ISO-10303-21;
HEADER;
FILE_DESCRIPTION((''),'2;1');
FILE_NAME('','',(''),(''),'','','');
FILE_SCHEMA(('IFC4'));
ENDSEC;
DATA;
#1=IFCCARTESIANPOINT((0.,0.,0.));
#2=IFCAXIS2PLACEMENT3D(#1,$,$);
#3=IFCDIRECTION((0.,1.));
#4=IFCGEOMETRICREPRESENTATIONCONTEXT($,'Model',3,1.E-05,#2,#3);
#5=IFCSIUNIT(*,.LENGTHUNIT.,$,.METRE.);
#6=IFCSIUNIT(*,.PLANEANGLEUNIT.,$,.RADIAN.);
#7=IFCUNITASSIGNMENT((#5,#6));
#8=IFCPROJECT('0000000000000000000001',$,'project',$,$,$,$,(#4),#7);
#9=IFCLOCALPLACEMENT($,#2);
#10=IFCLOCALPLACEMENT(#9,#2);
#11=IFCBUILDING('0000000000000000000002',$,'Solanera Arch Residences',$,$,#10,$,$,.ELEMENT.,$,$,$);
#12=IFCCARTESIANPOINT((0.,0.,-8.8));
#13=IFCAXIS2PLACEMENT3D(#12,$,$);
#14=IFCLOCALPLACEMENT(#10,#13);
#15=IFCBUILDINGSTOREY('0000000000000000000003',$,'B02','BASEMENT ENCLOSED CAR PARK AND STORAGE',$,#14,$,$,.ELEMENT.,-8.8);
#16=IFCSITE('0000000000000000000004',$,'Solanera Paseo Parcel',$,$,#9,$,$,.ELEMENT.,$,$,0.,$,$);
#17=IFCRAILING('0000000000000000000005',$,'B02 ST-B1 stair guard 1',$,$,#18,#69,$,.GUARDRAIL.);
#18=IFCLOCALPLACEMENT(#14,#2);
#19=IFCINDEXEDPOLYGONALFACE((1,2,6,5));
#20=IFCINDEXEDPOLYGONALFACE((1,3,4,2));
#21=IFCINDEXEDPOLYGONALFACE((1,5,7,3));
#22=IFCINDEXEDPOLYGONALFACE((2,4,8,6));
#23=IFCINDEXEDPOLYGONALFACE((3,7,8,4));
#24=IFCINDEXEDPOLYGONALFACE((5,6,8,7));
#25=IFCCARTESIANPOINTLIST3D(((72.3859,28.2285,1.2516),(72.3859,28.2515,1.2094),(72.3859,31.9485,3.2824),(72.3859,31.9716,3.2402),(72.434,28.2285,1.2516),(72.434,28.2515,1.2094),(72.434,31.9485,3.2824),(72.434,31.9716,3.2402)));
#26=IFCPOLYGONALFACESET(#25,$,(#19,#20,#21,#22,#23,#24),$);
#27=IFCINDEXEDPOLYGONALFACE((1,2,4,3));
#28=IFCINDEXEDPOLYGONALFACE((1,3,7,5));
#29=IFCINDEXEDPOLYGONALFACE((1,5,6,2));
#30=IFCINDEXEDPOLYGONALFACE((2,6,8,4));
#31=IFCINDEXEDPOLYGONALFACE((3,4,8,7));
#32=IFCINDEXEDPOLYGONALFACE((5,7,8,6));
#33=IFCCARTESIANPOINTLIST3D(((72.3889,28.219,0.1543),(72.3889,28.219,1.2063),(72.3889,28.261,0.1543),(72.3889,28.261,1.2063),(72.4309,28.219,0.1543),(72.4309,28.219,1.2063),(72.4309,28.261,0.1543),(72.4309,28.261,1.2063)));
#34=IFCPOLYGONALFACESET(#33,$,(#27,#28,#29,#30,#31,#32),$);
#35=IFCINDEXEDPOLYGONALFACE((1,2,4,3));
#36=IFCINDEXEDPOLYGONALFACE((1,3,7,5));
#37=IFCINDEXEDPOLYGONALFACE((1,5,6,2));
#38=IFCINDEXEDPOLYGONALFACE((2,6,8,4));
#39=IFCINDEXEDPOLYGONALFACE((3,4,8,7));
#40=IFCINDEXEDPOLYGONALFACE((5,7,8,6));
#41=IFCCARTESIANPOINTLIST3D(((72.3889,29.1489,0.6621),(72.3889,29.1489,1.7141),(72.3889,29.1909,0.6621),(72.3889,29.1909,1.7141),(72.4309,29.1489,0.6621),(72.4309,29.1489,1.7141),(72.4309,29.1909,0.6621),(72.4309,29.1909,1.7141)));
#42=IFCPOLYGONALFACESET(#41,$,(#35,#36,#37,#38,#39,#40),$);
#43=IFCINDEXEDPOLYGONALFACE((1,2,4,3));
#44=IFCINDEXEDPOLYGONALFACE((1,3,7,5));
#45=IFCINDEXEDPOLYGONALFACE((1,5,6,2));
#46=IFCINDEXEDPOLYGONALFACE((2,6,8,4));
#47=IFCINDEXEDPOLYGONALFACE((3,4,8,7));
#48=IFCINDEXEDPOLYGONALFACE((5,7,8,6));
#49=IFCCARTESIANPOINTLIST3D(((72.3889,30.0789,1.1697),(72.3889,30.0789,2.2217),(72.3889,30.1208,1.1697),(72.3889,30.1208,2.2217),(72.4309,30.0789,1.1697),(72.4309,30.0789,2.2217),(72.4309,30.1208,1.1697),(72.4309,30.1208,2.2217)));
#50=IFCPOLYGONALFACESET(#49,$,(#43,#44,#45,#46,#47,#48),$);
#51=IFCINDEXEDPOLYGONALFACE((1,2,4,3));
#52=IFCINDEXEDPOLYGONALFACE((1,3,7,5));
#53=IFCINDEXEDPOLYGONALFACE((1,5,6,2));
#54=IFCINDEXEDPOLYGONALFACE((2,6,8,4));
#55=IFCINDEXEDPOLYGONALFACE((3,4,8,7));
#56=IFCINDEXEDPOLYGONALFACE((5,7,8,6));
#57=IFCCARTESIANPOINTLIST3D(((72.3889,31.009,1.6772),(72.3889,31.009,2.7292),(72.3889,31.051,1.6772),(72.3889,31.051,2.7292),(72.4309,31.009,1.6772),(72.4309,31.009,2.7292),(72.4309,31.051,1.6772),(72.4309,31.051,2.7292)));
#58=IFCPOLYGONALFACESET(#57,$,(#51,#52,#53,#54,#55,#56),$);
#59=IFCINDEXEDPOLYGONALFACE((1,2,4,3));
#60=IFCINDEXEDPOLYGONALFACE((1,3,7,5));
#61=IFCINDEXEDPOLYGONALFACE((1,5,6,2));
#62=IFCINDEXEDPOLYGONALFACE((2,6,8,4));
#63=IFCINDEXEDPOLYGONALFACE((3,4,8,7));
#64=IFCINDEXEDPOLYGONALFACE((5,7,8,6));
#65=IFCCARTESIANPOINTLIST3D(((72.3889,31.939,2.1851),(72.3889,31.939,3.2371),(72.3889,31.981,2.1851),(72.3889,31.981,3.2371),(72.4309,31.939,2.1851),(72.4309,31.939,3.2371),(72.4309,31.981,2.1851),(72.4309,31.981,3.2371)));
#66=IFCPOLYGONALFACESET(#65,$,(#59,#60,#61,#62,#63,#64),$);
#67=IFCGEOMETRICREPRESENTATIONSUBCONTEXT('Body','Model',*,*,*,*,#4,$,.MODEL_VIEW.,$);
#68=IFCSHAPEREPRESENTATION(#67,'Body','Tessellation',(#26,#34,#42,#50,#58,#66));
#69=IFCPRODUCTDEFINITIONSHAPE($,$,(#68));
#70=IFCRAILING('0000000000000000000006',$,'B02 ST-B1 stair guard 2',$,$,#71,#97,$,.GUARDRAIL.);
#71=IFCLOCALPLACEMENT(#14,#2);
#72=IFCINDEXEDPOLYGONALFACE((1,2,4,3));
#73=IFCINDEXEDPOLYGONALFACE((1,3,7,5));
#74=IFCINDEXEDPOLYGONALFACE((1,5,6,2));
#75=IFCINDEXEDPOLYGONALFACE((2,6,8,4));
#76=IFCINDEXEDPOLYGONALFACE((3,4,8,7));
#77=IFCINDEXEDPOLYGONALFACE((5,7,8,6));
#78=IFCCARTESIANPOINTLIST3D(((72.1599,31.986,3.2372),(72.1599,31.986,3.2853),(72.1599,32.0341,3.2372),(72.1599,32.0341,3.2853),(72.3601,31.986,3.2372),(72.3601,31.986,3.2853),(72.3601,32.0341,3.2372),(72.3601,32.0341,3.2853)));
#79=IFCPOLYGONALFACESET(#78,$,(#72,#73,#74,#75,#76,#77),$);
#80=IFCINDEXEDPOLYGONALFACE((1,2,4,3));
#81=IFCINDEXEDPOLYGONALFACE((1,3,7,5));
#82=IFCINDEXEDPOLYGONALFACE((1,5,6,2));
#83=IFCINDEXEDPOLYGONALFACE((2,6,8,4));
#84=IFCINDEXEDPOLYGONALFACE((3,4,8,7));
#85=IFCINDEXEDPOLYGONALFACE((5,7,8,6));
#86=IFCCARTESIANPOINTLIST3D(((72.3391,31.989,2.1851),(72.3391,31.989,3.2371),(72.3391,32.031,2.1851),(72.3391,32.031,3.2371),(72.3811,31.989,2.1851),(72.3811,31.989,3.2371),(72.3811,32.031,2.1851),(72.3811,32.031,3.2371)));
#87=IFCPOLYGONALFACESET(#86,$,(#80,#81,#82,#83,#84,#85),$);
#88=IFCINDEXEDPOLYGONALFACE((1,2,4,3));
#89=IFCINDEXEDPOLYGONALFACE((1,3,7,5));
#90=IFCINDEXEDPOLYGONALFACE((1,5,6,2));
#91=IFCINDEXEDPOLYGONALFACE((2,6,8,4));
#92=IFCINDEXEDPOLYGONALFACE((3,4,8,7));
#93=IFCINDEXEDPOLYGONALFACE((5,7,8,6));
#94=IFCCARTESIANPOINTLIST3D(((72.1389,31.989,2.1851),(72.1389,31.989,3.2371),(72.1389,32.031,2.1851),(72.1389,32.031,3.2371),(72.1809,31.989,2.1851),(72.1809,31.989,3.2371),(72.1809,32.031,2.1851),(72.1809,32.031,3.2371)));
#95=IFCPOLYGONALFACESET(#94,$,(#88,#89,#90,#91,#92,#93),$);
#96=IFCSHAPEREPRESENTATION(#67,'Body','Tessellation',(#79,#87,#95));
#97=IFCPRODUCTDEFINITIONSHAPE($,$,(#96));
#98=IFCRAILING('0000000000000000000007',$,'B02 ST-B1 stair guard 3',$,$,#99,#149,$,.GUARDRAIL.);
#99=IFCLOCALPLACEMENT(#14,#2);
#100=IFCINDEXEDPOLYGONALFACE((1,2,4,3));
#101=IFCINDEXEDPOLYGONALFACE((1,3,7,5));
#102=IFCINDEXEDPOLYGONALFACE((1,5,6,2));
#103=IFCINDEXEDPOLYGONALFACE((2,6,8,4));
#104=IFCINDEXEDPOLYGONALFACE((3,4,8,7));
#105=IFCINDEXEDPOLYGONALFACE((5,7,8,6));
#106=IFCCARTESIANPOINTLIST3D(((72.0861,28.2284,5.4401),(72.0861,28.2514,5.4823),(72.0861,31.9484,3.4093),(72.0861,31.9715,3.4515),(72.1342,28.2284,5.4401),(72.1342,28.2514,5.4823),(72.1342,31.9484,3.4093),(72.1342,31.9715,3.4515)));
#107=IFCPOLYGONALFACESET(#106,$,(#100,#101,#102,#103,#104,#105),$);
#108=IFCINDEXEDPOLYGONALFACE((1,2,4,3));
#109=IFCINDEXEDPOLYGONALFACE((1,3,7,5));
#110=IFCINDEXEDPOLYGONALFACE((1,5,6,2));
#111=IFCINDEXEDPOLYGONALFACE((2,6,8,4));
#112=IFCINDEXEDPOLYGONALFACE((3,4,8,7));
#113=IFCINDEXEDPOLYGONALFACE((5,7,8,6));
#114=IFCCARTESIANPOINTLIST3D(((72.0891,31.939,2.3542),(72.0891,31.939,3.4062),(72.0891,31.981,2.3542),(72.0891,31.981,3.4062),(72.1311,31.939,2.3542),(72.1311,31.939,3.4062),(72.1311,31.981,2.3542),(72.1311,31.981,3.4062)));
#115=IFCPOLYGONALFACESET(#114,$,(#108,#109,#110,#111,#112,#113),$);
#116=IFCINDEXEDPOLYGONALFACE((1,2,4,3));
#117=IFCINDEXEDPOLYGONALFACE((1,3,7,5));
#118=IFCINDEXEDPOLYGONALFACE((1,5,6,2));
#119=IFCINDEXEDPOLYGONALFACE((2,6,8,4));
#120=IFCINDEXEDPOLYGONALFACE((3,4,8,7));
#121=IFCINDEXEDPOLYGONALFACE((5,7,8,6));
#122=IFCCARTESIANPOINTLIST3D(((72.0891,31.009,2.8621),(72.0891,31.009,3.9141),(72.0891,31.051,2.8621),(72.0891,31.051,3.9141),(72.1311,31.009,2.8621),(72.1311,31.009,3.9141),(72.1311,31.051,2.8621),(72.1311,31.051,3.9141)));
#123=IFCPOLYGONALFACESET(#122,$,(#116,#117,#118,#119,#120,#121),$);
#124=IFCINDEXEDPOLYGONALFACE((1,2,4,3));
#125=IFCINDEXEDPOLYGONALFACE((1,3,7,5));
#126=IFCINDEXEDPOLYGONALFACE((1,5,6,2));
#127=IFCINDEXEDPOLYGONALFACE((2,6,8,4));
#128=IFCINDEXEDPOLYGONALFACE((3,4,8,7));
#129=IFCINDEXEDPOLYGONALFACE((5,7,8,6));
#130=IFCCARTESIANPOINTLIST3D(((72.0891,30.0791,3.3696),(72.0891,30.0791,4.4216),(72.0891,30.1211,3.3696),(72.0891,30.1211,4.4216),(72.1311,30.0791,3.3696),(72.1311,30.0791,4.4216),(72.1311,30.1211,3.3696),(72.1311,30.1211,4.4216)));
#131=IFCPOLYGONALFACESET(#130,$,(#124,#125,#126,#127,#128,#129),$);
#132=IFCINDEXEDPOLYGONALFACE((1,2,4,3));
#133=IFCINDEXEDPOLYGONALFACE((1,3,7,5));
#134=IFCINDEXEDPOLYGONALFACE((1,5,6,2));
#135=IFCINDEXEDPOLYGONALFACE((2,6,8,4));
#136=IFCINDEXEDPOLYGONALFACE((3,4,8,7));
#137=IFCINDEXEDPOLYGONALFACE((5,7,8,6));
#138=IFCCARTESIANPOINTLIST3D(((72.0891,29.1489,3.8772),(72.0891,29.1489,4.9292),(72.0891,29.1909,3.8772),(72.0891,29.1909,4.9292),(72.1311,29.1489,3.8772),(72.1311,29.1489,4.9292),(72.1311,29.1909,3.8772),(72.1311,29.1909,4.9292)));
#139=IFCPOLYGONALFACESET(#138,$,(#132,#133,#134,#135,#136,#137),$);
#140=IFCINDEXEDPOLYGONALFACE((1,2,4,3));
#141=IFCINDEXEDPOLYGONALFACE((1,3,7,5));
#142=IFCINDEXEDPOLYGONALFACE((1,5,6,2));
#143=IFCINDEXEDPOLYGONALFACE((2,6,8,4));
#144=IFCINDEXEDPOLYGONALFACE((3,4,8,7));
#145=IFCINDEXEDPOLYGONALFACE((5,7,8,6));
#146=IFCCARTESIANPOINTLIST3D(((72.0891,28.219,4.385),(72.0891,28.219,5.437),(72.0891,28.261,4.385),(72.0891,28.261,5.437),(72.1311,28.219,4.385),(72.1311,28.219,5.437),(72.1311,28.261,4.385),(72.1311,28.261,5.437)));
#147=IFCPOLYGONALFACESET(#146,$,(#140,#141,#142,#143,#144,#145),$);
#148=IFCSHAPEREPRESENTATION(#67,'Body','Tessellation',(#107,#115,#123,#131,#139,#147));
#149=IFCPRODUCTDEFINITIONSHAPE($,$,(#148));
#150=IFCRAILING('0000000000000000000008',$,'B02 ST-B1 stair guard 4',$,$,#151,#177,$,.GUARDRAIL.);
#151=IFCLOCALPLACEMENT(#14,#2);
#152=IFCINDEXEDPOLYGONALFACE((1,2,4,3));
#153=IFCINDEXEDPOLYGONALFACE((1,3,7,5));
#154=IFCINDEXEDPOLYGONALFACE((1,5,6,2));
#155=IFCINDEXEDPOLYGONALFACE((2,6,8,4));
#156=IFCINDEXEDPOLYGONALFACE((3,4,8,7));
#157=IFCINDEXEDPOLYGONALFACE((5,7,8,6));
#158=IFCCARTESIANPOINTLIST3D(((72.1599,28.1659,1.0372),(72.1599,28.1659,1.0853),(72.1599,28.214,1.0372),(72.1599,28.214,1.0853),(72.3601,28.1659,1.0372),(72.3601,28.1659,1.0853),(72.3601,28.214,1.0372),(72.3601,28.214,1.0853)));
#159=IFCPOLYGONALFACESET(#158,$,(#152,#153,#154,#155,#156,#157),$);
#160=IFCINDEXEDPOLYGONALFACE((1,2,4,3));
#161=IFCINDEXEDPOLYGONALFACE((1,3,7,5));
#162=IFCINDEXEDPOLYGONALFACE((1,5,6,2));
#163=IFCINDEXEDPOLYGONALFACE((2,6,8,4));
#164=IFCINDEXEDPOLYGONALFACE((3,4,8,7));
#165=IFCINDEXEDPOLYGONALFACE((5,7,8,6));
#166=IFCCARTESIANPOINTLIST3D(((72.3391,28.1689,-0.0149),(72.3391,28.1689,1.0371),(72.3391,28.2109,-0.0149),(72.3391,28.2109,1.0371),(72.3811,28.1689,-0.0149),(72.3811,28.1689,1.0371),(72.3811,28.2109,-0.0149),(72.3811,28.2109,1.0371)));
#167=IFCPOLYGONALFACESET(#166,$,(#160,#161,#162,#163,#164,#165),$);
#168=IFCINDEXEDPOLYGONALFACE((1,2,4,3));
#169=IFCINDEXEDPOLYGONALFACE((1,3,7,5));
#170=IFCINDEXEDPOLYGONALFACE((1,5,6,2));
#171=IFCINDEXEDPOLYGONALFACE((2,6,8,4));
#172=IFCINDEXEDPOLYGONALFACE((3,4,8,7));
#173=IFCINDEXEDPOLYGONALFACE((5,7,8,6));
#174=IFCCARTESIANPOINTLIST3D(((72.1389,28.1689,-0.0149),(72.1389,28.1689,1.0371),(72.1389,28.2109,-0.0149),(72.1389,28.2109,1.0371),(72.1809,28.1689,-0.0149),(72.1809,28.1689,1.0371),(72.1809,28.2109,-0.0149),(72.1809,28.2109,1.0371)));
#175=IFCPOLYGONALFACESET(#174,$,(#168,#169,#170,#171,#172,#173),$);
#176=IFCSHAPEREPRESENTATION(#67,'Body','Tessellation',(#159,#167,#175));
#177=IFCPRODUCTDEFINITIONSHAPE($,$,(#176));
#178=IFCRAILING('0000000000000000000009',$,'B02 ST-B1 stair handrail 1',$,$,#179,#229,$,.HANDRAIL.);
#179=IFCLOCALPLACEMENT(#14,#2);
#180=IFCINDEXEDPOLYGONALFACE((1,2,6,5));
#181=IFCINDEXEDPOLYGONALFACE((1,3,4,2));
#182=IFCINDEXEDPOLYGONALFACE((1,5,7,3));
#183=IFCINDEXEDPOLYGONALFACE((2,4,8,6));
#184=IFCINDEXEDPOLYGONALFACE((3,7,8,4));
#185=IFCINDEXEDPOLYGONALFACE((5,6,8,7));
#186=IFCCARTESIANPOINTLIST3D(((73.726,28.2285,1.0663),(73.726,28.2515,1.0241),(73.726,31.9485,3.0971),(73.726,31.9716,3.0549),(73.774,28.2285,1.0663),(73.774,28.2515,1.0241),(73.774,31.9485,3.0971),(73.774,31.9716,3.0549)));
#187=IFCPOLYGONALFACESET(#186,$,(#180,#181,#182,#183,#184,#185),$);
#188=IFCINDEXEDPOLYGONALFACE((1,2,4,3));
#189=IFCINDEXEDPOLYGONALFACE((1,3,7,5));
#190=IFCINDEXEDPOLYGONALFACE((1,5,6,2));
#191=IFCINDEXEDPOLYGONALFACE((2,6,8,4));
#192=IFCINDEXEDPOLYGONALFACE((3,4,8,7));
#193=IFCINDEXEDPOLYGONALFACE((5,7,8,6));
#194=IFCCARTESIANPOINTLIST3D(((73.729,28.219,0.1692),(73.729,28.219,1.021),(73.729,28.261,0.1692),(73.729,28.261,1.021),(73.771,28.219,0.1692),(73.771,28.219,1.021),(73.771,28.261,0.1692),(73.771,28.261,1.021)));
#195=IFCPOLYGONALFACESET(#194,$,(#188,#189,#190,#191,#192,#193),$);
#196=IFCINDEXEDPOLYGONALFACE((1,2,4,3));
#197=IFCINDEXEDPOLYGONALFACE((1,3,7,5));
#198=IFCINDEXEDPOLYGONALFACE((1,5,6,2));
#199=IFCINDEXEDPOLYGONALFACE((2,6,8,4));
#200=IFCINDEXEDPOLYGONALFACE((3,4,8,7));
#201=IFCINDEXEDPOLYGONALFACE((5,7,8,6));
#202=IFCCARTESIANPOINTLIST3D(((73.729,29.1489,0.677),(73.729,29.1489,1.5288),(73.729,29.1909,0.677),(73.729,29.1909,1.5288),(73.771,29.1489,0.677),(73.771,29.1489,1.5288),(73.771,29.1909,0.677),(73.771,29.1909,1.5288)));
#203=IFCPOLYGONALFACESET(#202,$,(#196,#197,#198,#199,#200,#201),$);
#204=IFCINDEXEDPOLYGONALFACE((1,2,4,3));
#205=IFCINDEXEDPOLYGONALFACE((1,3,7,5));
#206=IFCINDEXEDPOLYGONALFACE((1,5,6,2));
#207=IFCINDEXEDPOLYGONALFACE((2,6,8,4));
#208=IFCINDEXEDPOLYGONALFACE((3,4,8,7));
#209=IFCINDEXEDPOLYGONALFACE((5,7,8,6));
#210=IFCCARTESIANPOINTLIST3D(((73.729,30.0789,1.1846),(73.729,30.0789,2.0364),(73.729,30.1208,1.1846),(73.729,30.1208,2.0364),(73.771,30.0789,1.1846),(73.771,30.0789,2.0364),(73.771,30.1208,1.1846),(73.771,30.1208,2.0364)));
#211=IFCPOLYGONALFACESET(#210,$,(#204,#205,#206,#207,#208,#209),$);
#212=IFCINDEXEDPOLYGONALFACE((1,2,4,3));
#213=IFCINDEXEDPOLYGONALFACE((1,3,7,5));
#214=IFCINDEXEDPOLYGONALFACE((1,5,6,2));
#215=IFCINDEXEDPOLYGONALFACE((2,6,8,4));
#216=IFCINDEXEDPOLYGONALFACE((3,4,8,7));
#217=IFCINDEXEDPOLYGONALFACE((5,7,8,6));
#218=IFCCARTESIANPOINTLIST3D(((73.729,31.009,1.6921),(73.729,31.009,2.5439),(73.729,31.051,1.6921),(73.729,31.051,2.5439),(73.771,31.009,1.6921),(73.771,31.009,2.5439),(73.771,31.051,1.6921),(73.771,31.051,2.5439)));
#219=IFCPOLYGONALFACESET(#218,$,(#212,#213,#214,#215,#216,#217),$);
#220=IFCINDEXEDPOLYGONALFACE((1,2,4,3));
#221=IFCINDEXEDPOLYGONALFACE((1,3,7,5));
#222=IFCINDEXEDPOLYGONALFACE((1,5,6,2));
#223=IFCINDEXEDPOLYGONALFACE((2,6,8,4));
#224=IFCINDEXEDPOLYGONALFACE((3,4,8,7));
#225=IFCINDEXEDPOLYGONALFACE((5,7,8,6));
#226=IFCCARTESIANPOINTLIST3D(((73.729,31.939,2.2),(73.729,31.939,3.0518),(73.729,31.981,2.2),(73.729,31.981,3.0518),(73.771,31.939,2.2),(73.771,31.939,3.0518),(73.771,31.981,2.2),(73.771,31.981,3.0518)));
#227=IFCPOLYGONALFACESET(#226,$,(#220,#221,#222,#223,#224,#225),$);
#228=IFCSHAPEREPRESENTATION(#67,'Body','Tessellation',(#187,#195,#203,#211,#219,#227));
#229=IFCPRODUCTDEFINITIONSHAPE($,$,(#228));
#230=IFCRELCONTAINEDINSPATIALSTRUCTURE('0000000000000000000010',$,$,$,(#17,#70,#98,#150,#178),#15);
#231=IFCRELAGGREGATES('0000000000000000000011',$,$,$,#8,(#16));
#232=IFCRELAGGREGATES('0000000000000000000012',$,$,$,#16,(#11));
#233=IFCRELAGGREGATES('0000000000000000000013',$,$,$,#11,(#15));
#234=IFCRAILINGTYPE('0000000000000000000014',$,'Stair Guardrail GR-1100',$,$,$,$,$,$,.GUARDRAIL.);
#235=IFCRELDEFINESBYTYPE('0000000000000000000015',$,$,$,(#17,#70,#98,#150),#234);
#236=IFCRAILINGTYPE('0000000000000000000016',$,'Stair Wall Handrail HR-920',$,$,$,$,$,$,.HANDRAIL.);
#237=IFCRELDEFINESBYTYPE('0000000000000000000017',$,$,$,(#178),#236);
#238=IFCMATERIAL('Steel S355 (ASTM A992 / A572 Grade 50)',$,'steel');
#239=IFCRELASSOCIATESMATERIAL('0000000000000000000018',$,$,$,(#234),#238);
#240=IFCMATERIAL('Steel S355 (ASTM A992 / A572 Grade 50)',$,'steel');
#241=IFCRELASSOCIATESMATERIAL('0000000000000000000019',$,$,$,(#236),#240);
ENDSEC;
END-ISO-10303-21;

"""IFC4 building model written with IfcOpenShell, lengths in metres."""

from ifc_helpers import new_model, si_unit, direction, frame, origin, origin_2d, place, context, subcontext, project, spatial, rectangle, extrude, material, type_object, element, save


model = new_model("IFC4")

# Units and contexts
model_context = context("Model", 3, precision=1e-05, world=origin(), true_north=direction((0.0, 1.0)))
body_context = subcontext(model_context, "Body", "Model", "MODEL_VIEW")
ifc_project = project(units=[si_unit("LENGTHUNIT", "METRE"), si_unit("PLANEANGLEUNIT", "RADIAN")], contexts=[model_context])

# Site, building, storey
site_placement = place(None, origin())
site = spatial("IfcSite", under=ifc_project, at=site_placement, Name="Solanera Paseo Parcel", CompositionType="ELEMENT", RefElevation=0.0)
building_placement = place(site_placement, origin())
building = spatial("IfcBuilding", under=site, at=building_placement, Name="Solanera Arch Residences", CompositionType="ELEMENT")
storey_placement = place(building_placement, frame((0.0, 0.0, -8.8)))
storey = spatial("IfcBuildingStorey", under=building, at=storey_placement, Name="B02", Description="BASEMENT ENCLOSED CAR PARK AND STORAGE", CompositionType="ELEMENT", Elevation=-8.8)

# Railings
ifc_material_1 = material(Name="Steel S355 (ASTM A992 / A572 Grade 50)", Category="steel")
railing_type_1 = type_object("IfcRailingType", Name="Stair Guardrail GR-1100", PredefinedType="GUARDRAIL", material=ifc_material_1)
railing_1_placement = place(storey_placement, frame((72.4099, 28.24, 0.1543)))
element("IfcRailing", 1, at=railing_1_placement, inside=storey, type_object=railing_type_1, Name="B02 ST-B1 stair guard 1", PredefinedType="GUARDRAIL", context=body_context, shape_type="SweptSolid", body=[
    extrude(rectangle(XDim=0.0481, YDim=0.0481, at=origin_2d()), frame((0.0, 0.0, 1.0762), z_axis=(0.0, 0.877728, 0.479159), x_axis=(-1.0, 0.0, 0.0)), (0.0, 0.0, 1.0), 4.2383),
    extrude(rectangle(XDim=0.042, YDim=0.042, at=origin_2d()), origin(), (0.0, 0.0, 1.0), 1.052),
    extrude(rectangle(XDim=0.042, YDim=0.042, at=origin_2d()), frame((0.0, 0.9299, 0.5078)), (0.0, 0.0, 1.0), 1.052),
    extrude(rectangle(XDim=0.042, YDim=0.042, at=origin_2d()), frame((0.0, 1.8599, 1.0154)), (0.0, 0.0, 1.0), 1.052),
    extrude(rectangle(XDim=0.042, YDim=0.042, at=origin_2d()), frame((0.0, 2.79, 1.5229)), (0.0, 0.0, 1.0), 1.052),
    extrude(rectangle(XDim=0.042, YDim=0.042, at=origin_2d()), frame((0.0, 3.72, 2.0308)), (0.0, 0.0, 1.0), 1.052),
])
railing_2_placement = place(storey_placement, frame((72.3601, 32.01, 2.1851)))
element("IfcRailing", 2, at=railing_2_placement, inside=storey, type_object=railing_type_1, Name="B02 ST-B1 stair guard 2", PredefinedType="GUARDRAIL", context=body_context, shape_type="SweptSolid", body=[
    extrude(rectangle(XDim=0.0481, YDim=0.0481, at=origin_2d()), frame((0.0, 0.0, 1.0762), z_axis=(-1.0, 0.0, 0.0), x_axis=(0.0, -1.0, 0.0)), (0.0, 0.0, 1.0), 0.2002),
    extrude(rectangle(XDim=0.042, YDim=0.042, at=origin_2d()), origin(), (0.0, 0.0, 1.0), 1.052),
    extrude(rectangle(XDim=0.042, YDim=0.042, at=origin_2d()), frame((-0.2002, 0.0, 0.0)), (0.0, 0.0, 1.0), 1.052),
])
railing_3_placement = place(storey_placement, frame((72.1101, 31.96, 2.3542)))
element("IfcRailing", 3, at=railing_3_placement, inside=storey, type_object=railing_type_1, Name="B02 ST-B1 stair guard 3", PredefinedType="GUARDRAIL", context=body_context, shape_type="SweptSolid", body=[
    extrude(rectangle(XDim=0.0481, YDim=0.0481, at=origin_2d()), frame((0.0, 0.0, 1.0762), z_axis=(0.0, -0.877728, 0.479159), x_axis=(1.0, 0.0, 0.0)), (0.0, 0.0, 1.0), 4.2383),
    extrude(rectangle(XDim=0.042, YDim=0.042, at=origin_2d()), origin(), (0.0, 0.0, 1.0), 1.052),
    extrude(rectangle(XDim=0.042, YDim=0.042, at=origin_2d()), frame((0.0, -0.9299, 0.5078)), (0.0, 0.0, 1.0), 1.052),
    extrude(rectangle(XDim=0.042, YDim=0.042, at=origin_2d()), frame((0.0, -1.8599, 1.0154)), (0.0, 0.0, 1.0), 1.052),
    extrude(rectangle(XDim=0.042, YDim=0.042, at=origin_2d()), frame((0.0, -2.79, 1.5229)), (0.0, 0.0, 1.0), 1.052),
    extrude(rectangle(XDim=0.042, YDim=0.042, at=origin_2d()), frame((0.0, -3.72, 2.0308)), (0.0, 0.0, 1.0), 1.052),
])
railing_4_placement = place(storey_placement, frame((72.3601, 28.1899, -0.0149)))
element("IfcRailing", 4, at=railing_4_placement, inside=storey, type_object=railing_type_1, Name="B02 ST-B1 stair guard 4", PredefinedType="GUARDRAIL", context=body_context, shape_type="SweptSolid", body=[
    extrude(rectangle(XDim=0.0481, YDim=0.0481, at=origin_2d()), frame((0.0, 0.0, 1.0762), z_axis=(-1.0, 0.0, 0.0), x_axis=(0.0, -1.0, 0.0)), (0.0, 0.0, 1.0), 0.2002),
    extrude(rectangle(XDim=0.042, YDim=0.042, at=origin_2d()), origin(), (0.0, 0.0, 1.0), 1.052),
    extrude(rectangle(XDim=0.042, YDim=0.042, at=origin_2d()), frame((-0.2002, 0.0, 0.0)), (0.0, 0.0, 1.0), 1.052),
])
ifc_material_2 = material(Name="Steel S355 (ASTM A992 / A572 Grade 50)", Category="steel")
railing_type_2 = type_object("IfcRailingType", Name="Stair Wall Handrail HR-920", PredefinedType="HANDRAIL", material=ifc_material_2)
railing_5_placement = place(storey_placement, frame((73.75, 28.24, 0.1692)))
element("IfcRailing", 5, at=railing_5_placement, inside=storey, type_object=railing_type_2, Name="B02 ST-B1 stair handrail 1", PredefinedType="HANDRAIL", context=body_context, shape_type="SweptSolid", body=[
    extrude(rectangle(XDim=0.0481, YDim=0.0481, at=origin_2d()), frame((0.0, 0.0, 0.876), z_axis=(0.0, 0.877728, 0.479159), x_axis=(-1.0, 0.0, 0.0)), (0.0, 0.0, 1.0), 4.2383),
    extrude(rectangle(XDim=0.042, YDim=0.042, at=origin_2d()), origin(), (0.0, 0.0, 1.0), 0.8518),
    extrude(rectangle(XDim=0.042, YDim=0.042, at=origin_2d()), frame((0.0, 0.9299, 0.5078)), (0.0, 0.0, 1.0), 0.8518),
    extrude(rectangle(XDim=0.042, YDim=0.042, at=origin_2d()), frame((0.0, 1.8599, 1.0154)), (0.0, 0.0, 1.0), 0.8518),
    extrude(rectangle(XDim=0.042, YDim=0.042, at=origin_2d()), frame((0.0, 2.79, 1.5229)), (0.0, 0.0, 1.0), 0.8518),
    extrude(rectangle(XDim=0.042, YDim=0.042, at=origin_2d()), frame((0.0, 3.72, 2.0308)), (0.0, 0.0, 1.0), 0.8518),
])

save(model, "model.ifc")
